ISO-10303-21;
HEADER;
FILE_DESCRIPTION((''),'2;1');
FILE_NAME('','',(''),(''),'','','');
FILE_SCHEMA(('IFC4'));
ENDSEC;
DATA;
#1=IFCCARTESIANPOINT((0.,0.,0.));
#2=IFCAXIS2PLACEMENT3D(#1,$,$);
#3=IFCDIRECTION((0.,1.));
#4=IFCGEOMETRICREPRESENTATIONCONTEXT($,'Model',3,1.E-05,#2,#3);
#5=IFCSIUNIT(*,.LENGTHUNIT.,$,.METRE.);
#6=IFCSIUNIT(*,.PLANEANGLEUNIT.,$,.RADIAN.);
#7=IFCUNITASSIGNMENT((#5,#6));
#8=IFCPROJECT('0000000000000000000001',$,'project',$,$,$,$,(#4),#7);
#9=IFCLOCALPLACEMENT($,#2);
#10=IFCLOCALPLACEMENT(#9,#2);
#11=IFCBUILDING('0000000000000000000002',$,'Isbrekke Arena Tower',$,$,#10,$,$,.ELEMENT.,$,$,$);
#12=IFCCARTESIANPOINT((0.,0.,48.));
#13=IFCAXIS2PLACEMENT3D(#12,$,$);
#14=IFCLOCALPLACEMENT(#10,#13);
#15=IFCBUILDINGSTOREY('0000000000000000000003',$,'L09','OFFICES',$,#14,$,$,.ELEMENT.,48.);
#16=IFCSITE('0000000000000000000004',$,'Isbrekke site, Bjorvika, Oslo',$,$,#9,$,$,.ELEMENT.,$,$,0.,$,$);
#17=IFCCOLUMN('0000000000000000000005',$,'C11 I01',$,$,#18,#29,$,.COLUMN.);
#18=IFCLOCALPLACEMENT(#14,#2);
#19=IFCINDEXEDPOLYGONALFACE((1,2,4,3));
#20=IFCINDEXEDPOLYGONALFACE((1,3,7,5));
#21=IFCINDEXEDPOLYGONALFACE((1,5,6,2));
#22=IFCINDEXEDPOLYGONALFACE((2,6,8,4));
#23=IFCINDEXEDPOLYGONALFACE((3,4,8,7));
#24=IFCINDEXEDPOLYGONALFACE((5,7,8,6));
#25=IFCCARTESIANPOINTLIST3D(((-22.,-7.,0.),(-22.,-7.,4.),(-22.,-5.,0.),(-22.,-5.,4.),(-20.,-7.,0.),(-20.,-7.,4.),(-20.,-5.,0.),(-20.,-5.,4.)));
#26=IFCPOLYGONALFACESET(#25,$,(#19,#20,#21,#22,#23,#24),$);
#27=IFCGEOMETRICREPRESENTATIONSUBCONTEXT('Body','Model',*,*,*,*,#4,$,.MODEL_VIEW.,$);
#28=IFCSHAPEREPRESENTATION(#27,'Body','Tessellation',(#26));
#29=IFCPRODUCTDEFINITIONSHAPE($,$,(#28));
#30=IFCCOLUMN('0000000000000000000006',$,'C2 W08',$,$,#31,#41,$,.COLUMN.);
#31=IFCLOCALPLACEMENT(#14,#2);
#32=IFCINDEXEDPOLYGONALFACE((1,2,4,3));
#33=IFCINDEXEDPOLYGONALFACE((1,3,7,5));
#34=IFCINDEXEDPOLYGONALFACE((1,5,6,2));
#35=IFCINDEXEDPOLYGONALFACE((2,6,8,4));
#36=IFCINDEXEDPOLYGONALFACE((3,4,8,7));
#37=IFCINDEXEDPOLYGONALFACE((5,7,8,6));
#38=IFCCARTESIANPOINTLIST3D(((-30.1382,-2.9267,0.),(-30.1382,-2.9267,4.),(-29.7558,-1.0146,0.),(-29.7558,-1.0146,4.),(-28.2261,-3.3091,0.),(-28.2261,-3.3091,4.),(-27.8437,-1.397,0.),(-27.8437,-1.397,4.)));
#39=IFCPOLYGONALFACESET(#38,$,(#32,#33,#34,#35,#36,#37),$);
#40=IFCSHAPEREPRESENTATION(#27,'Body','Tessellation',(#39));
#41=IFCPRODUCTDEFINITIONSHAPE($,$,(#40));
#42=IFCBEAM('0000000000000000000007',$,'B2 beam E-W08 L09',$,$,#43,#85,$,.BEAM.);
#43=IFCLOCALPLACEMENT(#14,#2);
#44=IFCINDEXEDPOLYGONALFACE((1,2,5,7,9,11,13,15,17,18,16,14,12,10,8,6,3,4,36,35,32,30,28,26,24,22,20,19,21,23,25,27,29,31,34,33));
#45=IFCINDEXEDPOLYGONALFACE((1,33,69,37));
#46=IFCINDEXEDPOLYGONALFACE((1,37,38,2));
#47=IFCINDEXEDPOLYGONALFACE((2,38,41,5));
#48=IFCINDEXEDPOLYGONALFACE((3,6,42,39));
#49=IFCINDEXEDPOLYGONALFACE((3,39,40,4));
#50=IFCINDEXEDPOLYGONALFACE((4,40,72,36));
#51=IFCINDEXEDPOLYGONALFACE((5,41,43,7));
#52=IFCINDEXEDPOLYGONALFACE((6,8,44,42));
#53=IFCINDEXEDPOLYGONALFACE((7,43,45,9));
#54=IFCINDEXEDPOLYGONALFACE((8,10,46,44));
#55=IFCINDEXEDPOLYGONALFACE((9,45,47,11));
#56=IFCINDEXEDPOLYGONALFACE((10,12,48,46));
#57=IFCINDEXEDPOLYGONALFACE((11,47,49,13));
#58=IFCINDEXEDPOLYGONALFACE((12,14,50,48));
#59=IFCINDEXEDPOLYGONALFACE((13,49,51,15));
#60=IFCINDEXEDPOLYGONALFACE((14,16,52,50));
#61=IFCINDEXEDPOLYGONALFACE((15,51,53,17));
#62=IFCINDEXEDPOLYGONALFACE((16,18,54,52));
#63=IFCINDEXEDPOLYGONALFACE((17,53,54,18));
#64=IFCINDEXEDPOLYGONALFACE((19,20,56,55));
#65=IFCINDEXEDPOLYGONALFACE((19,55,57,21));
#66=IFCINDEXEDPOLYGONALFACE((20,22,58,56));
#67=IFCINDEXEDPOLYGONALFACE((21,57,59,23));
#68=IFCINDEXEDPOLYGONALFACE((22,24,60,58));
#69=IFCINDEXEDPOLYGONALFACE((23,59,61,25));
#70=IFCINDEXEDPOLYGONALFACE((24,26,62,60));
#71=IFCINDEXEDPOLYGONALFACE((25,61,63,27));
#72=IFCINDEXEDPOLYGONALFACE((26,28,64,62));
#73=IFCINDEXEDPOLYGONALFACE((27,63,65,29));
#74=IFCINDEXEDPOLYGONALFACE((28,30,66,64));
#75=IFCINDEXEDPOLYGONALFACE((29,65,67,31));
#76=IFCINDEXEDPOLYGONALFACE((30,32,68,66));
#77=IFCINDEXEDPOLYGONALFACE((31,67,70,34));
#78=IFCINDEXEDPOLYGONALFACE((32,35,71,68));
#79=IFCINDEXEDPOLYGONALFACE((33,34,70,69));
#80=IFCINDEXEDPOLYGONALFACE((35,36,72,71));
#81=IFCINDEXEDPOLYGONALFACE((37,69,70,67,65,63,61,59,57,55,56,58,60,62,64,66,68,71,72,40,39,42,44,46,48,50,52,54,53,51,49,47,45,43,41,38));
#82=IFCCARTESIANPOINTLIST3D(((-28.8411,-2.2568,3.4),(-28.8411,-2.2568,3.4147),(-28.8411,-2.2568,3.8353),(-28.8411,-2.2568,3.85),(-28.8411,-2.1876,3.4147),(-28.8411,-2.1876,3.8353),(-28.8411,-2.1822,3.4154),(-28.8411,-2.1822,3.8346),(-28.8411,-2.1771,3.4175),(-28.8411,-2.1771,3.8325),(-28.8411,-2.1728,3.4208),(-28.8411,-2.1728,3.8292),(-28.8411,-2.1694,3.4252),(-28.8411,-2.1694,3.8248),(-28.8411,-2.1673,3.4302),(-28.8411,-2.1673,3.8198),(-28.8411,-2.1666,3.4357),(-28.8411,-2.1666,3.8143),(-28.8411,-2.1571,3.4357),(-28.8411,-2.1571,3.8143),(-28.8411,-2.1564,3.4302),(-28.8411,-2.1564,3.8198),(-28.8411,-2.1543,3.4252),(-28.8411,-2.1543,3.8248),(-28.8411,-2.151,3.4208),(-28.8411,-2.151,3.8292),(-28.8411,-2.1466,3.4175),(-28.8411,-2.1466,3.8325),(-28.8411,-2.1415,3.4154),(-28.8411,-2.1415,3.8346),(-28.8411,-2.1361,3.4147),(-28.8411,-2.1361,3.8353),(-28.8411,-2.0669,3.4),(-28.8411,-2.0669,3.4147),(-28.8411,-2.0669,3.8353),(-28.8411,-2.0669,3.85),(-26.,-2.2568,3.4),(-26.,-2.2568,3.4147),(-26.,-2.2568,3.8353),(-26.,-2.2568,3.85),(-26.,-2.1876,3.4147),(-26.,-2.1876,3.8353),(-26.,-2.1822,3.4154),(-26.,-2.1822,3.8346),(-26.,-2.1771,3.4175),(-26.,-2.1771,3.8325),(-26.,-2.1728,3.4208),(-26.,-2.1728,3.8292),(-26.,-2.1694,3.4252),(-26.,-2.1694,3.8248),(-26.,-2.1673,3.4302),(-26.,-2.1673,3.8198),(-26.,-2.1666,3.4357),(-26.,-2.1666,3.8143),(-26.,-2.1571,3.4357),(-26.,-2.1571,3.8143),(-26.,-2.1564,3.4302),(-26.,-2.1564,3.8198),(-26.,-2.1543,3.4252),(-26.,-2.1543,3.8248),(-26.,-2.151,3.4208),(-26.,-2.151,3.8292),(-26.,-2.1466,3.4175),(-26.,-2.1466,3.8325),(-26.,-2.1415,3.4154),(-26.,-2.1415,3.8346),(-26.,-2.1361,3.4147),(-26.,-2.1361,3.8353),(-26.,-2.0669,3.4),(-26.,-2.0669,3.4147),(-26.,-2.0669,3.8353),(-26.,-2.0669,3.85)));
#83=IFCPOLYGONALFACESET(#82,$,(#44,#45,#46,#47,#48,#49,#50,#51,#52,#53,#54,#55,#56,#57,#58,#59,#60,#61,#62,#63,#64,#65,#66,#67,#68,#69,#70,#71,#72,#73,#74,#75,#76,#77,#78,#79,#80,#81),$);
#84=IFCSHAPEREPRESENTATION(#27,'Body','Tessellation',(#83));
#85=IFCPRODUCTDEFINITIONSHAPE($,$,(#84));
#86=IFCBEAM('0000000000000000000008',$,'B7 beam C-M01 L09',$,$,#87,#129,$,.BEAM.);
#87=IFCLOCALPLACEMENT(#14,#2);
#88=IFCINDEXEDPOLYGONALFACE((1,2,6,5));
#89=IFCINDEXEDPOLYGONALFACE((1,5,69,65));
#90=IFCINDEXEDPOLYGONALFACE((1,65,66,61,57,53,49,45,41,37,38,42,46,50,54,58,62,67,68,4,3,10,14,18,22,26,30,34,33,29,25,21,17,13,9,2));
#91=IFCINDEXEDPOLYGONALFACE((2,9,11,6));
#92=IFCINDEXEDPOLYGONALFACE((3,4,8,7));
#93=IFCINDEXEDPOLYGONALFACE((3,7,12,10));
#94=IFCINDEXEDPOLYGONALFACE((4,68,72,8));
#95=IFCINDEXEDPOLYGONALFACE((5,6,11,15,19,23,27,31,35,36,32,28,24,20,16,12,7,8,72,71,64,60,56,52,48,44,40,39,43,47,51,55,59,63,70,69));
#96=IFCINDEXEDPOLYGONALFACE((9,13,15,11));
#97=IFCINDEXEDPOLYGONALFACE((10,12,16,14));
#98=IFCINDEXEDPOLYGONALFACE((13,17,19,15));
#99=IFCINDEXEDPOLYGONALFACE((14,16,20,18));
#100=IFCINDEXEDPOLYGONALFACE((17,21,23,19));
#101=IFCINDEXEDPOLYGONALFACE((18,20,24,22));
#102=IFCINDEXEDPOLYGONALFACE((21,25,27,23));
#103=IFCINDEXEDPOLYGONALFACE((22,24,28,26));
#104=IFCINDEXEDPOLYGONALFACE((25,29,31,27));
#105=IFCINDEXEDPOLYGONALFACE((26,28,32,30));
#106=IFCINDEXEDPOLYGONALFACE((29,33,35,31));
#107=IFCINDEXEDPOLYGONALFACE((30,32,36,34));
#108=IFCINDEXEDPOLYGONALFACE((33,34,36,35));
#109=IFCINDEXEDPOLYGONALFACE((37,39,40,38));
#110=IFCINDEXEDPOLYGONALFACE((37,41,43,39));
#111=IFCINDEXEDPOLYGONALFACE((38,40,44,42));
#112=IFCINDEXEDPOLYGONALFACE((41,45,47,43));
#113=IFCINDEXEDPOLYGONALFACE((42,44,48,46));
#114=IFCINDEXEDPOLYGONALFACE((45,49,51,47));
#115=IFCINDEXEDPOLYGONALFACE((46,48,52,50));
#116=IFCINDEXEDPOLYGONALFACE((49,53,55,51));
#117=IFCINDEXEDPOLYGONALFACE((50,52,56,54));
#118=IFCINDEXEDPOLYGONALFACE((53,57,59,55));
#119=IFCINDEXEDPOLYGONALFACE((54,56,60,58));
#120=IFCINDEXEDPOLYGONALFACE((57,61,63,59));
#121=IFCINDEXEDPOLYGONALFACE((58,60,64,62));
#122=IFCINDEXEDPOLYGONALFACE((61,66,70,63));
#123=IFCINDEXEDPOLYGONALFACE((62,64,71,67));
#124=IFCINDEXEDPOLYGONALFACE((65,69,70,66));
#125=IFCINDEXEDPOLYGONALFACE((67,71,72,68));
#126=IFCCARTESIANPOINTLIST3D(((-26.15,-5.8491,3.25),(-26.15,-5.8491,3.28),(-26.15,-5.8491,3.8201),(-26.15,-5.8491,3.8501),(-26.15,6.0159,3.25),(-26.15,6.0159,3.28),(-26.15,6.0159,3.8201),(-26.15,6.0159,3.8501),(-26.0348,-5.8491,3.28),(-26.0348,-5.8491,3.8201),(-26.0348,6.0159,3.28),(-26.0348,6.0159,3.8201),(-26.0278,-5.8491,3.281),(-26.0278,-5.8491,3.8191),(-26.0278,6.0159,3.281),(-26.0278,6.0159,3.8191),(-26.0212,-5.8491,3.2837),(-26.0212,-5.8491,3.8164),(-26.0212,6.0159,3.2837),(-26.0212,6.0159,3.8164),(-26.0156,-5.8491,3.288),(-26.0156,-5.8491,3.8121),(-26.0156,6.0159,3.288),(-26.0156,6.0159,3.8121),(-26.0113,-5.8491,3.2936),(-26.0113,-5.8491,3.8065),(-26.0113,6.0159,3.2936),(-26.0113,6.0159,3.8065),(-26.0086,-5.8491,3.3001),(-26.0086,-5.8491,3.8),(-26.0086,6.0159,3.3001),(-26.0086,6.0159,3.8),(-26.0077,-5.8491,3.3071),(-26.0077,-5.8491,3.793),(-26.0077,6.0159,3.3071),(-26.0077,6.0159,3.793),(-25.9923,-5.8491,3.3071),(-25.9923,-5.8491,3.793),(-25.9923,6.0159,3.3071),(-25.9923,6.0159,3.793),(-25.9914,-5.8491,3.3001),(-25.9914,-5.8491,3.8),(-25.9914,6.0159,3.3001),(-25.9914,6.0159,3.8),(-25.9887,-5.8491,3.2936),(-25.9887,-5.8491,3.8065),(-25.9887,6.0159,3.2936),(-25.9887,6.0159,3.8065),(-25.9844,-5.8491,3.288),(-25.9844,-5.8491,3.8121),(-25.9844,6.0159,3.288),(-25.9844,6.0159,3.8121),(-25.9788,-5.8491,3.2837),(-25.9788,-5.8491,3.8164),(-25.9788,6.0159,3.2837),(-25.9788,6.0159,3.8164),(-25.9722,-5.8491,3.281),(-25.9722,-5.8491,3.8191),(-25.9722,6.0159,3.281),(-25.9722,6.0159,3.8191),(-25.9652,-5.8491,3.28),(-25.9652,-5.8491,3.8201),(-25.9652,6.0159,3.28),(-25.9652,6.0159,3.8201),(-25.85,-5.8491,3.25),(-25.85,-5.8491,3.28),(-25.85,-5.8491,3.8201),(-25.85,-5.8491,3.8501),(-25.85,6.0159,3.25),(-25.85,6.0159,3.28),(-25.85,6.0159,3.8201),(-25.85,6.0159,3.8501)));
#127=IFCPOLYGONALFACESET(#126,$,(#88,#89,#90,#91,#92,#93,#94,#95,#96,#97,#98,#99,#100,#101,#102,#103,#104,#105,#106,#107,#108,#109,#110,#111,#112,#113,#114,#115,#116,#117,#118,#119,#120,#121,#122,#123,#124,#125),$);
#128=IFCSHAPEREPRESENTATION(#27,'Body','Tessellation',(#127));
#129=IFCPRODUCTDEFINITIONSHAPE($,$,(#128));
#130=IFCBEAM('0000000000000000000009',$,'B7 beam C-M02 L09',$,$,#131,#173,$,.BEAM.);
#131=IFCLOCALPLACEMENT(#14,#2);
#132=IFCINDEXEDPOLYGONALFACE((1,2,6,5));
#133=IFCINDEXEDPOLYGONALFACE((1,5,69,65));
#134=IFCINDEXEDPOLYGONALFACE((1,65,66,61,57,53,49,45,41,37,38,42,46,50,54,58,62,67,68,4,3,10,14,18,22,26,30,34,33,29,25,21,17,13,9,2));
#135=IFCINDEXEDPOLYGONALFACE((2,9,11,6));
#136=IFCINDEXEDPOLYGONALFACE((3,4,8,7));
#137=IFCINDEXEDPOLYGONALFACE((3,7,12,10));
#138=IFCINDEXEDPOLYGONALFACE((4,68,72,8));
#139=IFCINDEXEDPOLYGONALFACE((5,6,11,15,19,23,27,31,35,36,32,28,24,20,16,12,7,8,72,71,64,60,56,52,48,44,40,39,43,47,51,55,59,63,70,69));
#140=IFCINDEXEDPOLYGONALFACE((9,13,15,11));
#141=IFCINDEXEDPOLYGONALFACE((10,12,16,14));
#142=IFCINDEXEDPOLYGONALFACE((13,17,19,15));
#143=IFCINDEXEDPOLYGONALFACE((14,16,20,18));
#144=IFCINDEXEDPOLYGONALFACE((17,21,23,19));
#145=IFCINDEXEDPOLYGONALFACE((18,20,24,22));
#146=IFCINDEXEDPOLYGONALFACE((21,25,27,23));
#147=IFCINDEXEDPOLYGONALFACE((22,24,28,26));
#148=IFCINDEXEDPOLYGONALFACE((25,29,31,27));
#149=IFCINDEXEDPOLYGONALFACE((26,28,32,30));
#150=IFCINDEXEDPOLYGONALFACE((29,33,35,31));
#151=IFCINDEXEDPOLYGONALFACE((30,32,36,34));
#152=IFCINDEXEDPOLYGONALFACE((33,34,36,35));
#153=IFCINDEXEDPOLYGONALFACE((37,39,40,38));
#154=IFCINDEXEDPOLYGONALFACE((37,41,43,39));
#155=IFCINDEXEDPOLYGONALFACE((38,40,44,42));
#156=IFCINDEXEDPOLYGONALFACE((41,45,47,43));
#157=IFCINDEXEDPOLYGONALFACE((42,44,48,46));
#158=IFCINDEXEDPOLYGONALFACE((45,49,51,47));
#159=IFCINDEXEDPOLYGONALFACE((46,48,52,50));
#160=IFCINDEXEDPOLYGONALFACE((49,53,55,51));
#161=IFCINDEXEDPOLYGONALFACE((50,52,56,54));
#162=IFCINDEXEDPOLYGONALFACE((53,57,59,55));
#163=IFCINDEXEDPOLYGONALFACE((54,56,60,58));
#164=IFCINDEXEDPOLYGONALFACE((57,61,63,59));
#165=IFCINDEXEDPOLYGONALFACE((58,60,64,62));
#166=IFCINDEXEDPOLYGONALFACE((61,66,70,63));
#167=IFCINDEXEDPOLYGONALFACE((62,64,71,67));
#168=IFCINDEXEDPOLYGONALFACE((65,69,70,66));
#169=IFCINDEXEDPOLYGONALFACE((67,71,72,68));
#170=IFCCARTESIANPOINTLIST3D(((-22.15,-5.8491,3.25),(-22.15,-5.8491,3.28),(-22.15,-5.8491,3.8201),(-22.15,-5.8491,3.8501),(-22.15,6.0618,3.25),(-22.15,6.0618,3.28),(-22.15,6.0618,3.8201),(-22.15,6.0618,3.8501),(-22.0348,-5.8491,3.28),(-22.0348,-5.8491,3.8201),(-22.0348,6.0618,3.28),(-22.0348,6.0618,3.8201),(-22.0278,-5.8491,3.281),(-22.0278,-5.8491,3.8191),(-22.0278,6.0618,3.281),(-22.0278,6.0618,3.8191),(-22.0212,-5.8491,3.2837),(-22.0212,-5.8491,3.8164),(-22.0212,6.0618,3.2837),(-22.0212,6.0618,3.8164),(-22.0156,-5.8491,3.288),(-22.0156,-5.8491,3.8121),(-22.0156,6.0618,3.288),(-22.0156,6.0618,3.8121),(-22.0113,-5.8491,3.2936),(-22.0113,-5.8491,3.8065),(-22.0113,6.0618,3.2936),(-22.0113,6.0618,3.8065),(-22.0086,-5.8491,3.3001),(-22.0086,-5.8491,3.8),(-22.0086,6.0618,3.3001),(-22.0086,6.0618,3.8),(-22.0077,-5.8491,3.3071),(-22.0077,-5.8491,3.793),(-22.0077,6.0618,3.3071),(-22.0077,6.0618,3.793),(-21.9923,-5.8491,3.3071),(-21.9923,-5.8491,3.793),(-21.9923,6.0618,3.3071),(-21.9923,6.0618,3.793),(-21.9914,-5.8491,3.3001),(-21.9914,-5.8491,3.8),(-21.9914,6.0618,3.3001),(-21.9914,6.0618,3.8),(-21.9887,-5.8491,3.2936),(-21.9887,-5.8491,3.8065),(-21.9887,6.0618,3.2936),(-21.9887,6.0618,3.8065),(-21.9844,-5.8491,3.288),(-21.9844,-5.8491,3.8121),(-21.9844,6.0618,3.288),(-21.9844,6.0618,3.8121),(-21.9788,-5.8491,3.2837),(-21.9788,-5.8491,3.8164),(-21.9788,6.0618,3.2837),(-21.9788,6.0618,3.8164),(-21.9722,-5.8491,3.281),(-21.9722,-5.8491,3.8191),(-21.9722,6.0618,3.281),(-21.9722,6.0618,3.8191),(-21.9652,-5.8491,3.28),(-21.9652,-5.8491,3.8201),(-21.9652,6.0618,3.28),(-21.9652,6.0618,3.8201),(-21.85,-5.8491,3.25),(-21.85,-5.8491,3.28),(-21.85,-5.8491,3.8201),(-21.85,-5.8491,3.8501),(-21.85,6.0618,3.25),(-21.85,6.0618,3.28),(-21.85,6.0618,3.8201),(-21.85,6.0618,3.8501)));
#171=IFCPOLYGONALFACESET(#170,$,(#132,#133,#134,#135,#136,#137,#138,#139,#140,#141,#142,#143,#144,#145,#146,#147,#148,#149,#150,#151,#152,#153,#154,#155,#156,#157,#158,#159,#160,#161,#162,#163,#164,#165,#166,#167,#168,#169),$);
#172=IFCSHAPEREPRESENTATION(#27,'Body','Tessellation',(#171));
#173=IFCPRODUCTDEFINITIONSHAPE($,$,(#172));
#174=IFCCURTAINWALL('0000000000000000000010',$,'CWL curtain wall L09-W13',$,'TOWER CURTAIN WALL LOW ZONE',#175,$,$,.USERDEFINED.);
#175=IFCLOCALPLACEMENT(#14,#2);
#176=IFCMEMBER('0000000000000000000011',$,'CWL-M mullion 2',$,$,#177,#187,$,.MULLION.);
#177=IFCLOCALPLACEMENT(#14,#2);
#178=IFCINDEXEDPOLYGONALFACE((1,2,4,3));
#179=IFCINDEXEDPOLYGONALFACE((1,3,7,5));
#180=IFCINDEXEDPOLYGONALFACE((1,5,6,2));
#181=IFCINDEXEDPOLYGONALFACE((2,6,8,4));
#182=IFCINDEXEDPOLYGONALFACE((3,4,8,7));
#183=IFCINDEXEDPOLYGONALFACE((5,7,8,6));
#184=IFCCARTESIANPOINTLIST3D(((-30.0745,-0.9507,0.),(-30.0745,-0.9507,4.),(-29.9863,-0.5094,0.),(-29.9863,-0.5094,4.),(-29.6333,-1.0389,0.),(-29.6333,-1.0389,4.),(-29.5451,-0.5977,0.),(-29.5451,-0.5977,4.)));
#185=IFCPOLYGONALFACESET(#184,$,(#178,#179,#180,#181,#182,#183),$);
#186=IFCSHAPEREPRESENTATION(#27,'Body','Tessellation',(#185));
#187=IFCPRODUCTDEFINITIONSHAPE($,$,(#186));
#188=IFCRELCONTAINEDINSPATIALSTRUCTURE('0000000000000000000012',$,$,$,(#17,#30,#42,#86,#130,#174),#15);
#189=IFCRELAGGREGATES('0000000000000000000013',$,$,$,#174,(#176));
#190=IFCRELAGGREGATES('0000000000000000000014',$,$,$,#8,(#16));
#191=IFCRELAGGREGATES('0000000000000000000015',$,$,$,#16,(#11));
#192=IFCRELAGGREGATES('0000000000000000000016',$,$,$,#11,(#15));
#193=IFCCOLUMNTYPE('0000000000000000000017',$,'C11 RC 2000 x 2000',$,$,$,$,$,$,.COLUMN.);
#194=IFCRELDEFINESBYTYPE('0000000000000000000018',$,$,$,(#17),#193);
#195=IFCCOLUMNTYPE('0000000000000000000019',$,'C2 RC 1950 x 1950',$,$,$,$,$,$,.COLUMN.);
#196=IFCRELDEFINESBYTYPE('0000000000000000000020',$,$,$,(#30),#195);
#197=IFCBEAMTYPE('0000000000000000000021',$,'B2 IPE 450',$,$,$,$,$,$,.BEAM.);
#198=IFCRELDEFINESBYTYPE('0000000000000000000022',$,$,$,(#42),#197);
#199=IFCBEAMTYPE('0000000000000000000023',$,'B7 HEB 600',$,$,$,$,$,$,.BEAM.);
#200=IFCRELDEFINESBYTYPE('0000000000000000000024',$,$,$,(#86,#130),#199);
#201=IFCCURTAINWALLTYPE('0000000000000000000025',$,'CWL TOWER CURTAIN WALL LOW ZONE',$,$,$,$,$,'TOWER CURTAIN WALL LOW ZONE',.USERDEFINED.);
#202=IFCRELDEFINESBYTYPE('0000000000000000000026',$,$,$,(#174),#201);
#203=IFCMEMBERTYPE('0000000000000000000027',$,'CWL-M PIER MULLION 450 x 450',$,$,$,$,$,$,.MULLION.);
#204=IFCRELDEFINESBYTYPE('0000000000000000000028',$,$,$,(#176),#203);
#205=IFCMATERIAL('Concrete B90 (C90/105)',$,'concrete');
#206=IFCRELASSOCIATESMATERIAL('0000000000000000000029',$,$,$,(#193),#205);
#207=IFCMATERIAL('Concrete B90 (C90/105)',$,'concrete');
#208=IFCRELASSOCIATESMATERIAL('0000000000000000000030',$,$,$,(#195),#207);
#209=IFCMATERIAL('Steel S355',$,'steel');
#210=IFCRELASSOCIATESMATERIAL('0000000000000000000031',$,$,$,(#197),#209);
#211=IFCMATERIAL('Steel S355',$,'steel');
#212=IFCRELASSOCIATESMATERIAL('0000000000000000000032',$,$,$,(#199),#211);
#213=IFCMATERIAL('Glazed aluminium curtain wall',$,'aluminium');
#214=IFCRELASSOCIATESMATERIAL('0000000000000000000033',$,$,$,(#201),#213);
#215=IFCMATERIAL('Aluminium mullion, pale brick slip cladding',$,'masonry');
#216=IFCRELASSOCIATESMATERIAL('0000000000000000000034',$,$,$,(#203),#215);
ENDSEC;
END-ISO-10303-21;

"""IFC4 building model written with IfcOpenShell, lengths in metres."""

from ifc_helpers import new_model, si_unit, direction, frame, origin, origin_2d, place, context, subcontext, project, spatial, rectangle, i_section, extrude, material, material_profile, profile_set, type_object, element, aggregate, save


model = new_model("IFC4")

# Units and contexts
model_context = context("Model", 3, precision=1e-05, world=origin(), true_north=direction((0.0, 1.0)))
body_context = subcontext(model_context, "Body", "Model", "MODEL_VIEW")
ifc_project = project(units=[si_unit("LENGTHUNIT", "METRE"), si_unit("PLANEANGLEUNIT", "RADIAN")], contexts=[model_context])

# Site, building, storey
site_placement = place(None, origin())
site = spatial("IfcSite", under=ifc_project, at=site_placement, Name="Isbrekke site, Bjorvika, Oslo", CompositionType="ELEMENT", RefElevation=0.0)
building_placement = place(site_placement, origin())
building = spatial("IfcBuilding", under=site, at=building_placement, Name="Isbrekke Arena Tower", CompositionType="ELEMENT")
storey_placement = place(building_placement, frame((0.0, 0.0, 48.0)))
storey = spatial("IfcBuildingStorey", under=building, at=storey_placement, Name="L09", Description="OFFICES", CompositionType="ELEMENT", Elevation=48.0)

# Columns
ifc_material_1 = material(Name="Concrete B90 (C90/105)", Category="concrete")
ifc_material_profile_1 = material_profile(ifc_material_1, rectangle(XDim=2.0, YDim=2.0, at=origin_2d()), Name="RC 2000x2000")
ifc_profile_set_1 = profile_set([ifc_material_profile_1], Name="Concrete B90 (C90/105)")
column_type_1 = type_object("IfcColumnType", Name="C11 RC 2000 x 2000", PredefinedType="COLUMN", material=ifc_profile_set_1)
column_1_placement = place(storey_placement, frame((-21.0, -6.0, 0.0), z_axis=(0.0, 0.0, 1.0), x_axis=(1.0, 0.0, 0.0)))
element("IfcColumn", 1, at=column_1_placement, inside=storey, type_object=column_type_1, Name="C11 I01", PredefinedType="COLUMN", context=body_context, shape_type="SweptSolid", body=[
    extrude(rectangle(XDim=2.0, YDim=2.0, at=origin_2d()), origin(), (0.0, 0.0, 1.0), 4.0),
])
ifc_material_2 = material(Name="Concrete B90 (C90/105)", Category="concrete")
ifc_material_profile_2 = material_profile(ifc_material_2, rectangle(XDim=1.95, YDim=1.95, at=origin_2d()), Name="RC 1950x1950")
ifc_profile_set_2 = profile_set([ifc_material_profile_2], Name="Concrete B90 (C90/105)")
column_type_2 = type_object("IfcColumnType", Name="C2 RC 1950 x 1950", PredefinedType="COLUMN", material=ifc_profile_set_2)
column_2_placement = place(storey_placement, frame((-28.991, -2.1619, 0.0), z_axis=(0.0, 0.0, 1.0), x_axis=(-0.196116, -0.980581, 0.0)))
element("IfcColumn", 2, at=column_2_placement, inside=storey, type_object=column_type_2, Name="C2 W08", PredefinedType="COLUMN", context=body_context, shape_type="SweptSolid", body=[
    extrude(rectangle(XDim=1.95, YDim=1.95, at=origin_2d()), origin(), (0.0, 0.0, 1.0), 4.0),
])

# Beams
ifc_material_3 = material(Name="Steel S355", Category="steel")
ifc_material_profile_3 = material_profile(ifc_material_3, i_section(OverallWidth=0.1899, OverallDepth=0.45, WebThickness=0.0095, FlangeThickness=0.0146, FilletRadius=0.021, at=origin_2d()), Name="IPE 450")
ifc_profile_set_3 = profile_set([ifc_material_profile_3], Name="Steel S355")
beam_type_1 = type_object("IfcBeamType", Name="B2 IPE 450", PredefinedType="BEAM", material=ifc_profile_set_3)
beam_1_placement = place(storey_placement, frame((-28.8411, -2.1619, 3.625), z_axis=(1.0, 0.0, 0.0), x_axis=(0.0, 1.0, 0.0)))
element("IfcBeam", 3, at=beam_1_placement, inside=storey, type_object=beam_type_1, Name="B2 beam E-W08 L09", PredefinedType="BEAM", context=body_context, shape_type="SweptSolid", body=[
    extrude(i_section(OverallWidth=0.1899, OverallDepth=0.45, WebThickness=0.0095, FlangeThickness=0.0146, FilletRadius=0.021, at=origin_2d()), origin(), (0.0, 0.0, 1.0), 2.8411),
])
ifc_material_4 = material(Name="Steel S355", Category="steel")
ifc_material_profile_4 = material_profile(ifc_material_4, i_section(OverallWidth=0.3, OverallDepth=0.6001, WebThickness=0.0154, FlangeThickness=0.03, FilletRadius=0.0271, at=origin_2d()), Name="HEB 600")
ifc_profile_set_4 = profile_set([ifc_material_profile_4], Name="Steel S355")
beam_type_2 = type_object("IfcBeamType", Name="B7 HEB 600", PredefinedType="BEAM", material=ifc_profile_set_4)
beam_2_placement = place(storey_placement, frame((-26.0, -5.8491, 3.55), z_axis=(0.0, 1.0, 0.0), x_axis=(-1.0, 0.0, 0.0)))
element("IfcBeam", 4, at=beam_2_placement, inside=storey, type_object=beam_type_2, Name="B7 beam C-M01 L09", PredefinedType="BEAM", context=body_context, shape_type="SweptSolid", body=[
    extrude(i_section(OverallWidth=0.3, OverallDepth=0.6001, WebThickness=0.0154, FlangeThickness=0.03, FilletRadius=0.0271, at=origin_2d()), origin(), (0.0, 0.0, 1.0), 11.865),
])
beam_3_placement = place(storey_placement, frame((-22.0, -5.8491, 3.55), z_axis=(0.0, 1.0, 0.0), x_axis=(-1.0, 0.0, 0.0)))
element("IfcBeam", 5, at=beam_3_placement, inside=storey, type_object=beam_type_2, Name="B7 beam C-M02 L09", PredefinedType="BEAM", context=body_context, shape_type="SweptSolid", body=[
    extrude(i_section(OverallWidth=0.3, OverallDepth=0.6001, WebThickness=0.0154, FlangeThickness=0.03, FilletRadius=0.0271, at=origin_2d()), origin(), (0.0, 0.0, 1.0), 11.9109),
])

# Curtain wall, member
ifc_material_5 = material(Name="Glazed aluminium curtain wall", Category="aluminium")
curtain_wall_type = type_object("IfcCurtainWallType", Name="CWL TOWER CURTAIN WALL LOW ZONE", ElementType="TOWER CURTAIN WALL LOW ZONE", PredefinedType="USERDEFINED", material=ifc_material_5)
curtain_wall_1_placement = place(storey_placement, origin())
curtain_wall_1 = element("IfcCurtainWall", 6, at=curtain_wall_1_placement, inside=storey, type_object=curtain_wall_type, Name="CWL curtain wall L09-W13", ObjectType="TOWER CURTAIN WALL LOW ZONE", PredefinedType="USERDEFINED")
ifc_material_6 = material(Name="Aluminium mullion, pale brick slip cladding", Category="masonry")
ifc_material_profile_5 = material_profile(ifc_material_6, rectangle(XDim=0.45, YDim=0.45, at=origin_2d()), Name="PIER 450X450")
ifc_profile_set_5 = profile_set([ifc_material_profile_5], Name="Aluminium mullion, pale brick slip cladding")
member_type_1 = type_object("IfcMemberType", Name="CWL-M PIER MULLION 450 x 450", PredefinedType="MULLION", material=ifc_profile_set_5)
member_1_placement = place(storey_placement, frame((-29.8098, -0.7742, 0.0), z_axis=(0.0, 0.0, 1.0), x_axis=(-0.196116, -0.980581, 0.0)))
member_1 = element("IfcMember", 7, at=member_1_placement, type_object=member_type_1, Name="CWL-M mullion 2", PredefinedType="MULLION", context=body_context, shape_type="SweptSolid", body=[
    extrude(rectangle(XDim=0.45, YDim=0.45, at=origin_2d()), origin(), (0.0, 0.0, 1.0), 4.0),
])
aggregate(curtain_wall_1, [member_1])

save(model, "model.ifc")
